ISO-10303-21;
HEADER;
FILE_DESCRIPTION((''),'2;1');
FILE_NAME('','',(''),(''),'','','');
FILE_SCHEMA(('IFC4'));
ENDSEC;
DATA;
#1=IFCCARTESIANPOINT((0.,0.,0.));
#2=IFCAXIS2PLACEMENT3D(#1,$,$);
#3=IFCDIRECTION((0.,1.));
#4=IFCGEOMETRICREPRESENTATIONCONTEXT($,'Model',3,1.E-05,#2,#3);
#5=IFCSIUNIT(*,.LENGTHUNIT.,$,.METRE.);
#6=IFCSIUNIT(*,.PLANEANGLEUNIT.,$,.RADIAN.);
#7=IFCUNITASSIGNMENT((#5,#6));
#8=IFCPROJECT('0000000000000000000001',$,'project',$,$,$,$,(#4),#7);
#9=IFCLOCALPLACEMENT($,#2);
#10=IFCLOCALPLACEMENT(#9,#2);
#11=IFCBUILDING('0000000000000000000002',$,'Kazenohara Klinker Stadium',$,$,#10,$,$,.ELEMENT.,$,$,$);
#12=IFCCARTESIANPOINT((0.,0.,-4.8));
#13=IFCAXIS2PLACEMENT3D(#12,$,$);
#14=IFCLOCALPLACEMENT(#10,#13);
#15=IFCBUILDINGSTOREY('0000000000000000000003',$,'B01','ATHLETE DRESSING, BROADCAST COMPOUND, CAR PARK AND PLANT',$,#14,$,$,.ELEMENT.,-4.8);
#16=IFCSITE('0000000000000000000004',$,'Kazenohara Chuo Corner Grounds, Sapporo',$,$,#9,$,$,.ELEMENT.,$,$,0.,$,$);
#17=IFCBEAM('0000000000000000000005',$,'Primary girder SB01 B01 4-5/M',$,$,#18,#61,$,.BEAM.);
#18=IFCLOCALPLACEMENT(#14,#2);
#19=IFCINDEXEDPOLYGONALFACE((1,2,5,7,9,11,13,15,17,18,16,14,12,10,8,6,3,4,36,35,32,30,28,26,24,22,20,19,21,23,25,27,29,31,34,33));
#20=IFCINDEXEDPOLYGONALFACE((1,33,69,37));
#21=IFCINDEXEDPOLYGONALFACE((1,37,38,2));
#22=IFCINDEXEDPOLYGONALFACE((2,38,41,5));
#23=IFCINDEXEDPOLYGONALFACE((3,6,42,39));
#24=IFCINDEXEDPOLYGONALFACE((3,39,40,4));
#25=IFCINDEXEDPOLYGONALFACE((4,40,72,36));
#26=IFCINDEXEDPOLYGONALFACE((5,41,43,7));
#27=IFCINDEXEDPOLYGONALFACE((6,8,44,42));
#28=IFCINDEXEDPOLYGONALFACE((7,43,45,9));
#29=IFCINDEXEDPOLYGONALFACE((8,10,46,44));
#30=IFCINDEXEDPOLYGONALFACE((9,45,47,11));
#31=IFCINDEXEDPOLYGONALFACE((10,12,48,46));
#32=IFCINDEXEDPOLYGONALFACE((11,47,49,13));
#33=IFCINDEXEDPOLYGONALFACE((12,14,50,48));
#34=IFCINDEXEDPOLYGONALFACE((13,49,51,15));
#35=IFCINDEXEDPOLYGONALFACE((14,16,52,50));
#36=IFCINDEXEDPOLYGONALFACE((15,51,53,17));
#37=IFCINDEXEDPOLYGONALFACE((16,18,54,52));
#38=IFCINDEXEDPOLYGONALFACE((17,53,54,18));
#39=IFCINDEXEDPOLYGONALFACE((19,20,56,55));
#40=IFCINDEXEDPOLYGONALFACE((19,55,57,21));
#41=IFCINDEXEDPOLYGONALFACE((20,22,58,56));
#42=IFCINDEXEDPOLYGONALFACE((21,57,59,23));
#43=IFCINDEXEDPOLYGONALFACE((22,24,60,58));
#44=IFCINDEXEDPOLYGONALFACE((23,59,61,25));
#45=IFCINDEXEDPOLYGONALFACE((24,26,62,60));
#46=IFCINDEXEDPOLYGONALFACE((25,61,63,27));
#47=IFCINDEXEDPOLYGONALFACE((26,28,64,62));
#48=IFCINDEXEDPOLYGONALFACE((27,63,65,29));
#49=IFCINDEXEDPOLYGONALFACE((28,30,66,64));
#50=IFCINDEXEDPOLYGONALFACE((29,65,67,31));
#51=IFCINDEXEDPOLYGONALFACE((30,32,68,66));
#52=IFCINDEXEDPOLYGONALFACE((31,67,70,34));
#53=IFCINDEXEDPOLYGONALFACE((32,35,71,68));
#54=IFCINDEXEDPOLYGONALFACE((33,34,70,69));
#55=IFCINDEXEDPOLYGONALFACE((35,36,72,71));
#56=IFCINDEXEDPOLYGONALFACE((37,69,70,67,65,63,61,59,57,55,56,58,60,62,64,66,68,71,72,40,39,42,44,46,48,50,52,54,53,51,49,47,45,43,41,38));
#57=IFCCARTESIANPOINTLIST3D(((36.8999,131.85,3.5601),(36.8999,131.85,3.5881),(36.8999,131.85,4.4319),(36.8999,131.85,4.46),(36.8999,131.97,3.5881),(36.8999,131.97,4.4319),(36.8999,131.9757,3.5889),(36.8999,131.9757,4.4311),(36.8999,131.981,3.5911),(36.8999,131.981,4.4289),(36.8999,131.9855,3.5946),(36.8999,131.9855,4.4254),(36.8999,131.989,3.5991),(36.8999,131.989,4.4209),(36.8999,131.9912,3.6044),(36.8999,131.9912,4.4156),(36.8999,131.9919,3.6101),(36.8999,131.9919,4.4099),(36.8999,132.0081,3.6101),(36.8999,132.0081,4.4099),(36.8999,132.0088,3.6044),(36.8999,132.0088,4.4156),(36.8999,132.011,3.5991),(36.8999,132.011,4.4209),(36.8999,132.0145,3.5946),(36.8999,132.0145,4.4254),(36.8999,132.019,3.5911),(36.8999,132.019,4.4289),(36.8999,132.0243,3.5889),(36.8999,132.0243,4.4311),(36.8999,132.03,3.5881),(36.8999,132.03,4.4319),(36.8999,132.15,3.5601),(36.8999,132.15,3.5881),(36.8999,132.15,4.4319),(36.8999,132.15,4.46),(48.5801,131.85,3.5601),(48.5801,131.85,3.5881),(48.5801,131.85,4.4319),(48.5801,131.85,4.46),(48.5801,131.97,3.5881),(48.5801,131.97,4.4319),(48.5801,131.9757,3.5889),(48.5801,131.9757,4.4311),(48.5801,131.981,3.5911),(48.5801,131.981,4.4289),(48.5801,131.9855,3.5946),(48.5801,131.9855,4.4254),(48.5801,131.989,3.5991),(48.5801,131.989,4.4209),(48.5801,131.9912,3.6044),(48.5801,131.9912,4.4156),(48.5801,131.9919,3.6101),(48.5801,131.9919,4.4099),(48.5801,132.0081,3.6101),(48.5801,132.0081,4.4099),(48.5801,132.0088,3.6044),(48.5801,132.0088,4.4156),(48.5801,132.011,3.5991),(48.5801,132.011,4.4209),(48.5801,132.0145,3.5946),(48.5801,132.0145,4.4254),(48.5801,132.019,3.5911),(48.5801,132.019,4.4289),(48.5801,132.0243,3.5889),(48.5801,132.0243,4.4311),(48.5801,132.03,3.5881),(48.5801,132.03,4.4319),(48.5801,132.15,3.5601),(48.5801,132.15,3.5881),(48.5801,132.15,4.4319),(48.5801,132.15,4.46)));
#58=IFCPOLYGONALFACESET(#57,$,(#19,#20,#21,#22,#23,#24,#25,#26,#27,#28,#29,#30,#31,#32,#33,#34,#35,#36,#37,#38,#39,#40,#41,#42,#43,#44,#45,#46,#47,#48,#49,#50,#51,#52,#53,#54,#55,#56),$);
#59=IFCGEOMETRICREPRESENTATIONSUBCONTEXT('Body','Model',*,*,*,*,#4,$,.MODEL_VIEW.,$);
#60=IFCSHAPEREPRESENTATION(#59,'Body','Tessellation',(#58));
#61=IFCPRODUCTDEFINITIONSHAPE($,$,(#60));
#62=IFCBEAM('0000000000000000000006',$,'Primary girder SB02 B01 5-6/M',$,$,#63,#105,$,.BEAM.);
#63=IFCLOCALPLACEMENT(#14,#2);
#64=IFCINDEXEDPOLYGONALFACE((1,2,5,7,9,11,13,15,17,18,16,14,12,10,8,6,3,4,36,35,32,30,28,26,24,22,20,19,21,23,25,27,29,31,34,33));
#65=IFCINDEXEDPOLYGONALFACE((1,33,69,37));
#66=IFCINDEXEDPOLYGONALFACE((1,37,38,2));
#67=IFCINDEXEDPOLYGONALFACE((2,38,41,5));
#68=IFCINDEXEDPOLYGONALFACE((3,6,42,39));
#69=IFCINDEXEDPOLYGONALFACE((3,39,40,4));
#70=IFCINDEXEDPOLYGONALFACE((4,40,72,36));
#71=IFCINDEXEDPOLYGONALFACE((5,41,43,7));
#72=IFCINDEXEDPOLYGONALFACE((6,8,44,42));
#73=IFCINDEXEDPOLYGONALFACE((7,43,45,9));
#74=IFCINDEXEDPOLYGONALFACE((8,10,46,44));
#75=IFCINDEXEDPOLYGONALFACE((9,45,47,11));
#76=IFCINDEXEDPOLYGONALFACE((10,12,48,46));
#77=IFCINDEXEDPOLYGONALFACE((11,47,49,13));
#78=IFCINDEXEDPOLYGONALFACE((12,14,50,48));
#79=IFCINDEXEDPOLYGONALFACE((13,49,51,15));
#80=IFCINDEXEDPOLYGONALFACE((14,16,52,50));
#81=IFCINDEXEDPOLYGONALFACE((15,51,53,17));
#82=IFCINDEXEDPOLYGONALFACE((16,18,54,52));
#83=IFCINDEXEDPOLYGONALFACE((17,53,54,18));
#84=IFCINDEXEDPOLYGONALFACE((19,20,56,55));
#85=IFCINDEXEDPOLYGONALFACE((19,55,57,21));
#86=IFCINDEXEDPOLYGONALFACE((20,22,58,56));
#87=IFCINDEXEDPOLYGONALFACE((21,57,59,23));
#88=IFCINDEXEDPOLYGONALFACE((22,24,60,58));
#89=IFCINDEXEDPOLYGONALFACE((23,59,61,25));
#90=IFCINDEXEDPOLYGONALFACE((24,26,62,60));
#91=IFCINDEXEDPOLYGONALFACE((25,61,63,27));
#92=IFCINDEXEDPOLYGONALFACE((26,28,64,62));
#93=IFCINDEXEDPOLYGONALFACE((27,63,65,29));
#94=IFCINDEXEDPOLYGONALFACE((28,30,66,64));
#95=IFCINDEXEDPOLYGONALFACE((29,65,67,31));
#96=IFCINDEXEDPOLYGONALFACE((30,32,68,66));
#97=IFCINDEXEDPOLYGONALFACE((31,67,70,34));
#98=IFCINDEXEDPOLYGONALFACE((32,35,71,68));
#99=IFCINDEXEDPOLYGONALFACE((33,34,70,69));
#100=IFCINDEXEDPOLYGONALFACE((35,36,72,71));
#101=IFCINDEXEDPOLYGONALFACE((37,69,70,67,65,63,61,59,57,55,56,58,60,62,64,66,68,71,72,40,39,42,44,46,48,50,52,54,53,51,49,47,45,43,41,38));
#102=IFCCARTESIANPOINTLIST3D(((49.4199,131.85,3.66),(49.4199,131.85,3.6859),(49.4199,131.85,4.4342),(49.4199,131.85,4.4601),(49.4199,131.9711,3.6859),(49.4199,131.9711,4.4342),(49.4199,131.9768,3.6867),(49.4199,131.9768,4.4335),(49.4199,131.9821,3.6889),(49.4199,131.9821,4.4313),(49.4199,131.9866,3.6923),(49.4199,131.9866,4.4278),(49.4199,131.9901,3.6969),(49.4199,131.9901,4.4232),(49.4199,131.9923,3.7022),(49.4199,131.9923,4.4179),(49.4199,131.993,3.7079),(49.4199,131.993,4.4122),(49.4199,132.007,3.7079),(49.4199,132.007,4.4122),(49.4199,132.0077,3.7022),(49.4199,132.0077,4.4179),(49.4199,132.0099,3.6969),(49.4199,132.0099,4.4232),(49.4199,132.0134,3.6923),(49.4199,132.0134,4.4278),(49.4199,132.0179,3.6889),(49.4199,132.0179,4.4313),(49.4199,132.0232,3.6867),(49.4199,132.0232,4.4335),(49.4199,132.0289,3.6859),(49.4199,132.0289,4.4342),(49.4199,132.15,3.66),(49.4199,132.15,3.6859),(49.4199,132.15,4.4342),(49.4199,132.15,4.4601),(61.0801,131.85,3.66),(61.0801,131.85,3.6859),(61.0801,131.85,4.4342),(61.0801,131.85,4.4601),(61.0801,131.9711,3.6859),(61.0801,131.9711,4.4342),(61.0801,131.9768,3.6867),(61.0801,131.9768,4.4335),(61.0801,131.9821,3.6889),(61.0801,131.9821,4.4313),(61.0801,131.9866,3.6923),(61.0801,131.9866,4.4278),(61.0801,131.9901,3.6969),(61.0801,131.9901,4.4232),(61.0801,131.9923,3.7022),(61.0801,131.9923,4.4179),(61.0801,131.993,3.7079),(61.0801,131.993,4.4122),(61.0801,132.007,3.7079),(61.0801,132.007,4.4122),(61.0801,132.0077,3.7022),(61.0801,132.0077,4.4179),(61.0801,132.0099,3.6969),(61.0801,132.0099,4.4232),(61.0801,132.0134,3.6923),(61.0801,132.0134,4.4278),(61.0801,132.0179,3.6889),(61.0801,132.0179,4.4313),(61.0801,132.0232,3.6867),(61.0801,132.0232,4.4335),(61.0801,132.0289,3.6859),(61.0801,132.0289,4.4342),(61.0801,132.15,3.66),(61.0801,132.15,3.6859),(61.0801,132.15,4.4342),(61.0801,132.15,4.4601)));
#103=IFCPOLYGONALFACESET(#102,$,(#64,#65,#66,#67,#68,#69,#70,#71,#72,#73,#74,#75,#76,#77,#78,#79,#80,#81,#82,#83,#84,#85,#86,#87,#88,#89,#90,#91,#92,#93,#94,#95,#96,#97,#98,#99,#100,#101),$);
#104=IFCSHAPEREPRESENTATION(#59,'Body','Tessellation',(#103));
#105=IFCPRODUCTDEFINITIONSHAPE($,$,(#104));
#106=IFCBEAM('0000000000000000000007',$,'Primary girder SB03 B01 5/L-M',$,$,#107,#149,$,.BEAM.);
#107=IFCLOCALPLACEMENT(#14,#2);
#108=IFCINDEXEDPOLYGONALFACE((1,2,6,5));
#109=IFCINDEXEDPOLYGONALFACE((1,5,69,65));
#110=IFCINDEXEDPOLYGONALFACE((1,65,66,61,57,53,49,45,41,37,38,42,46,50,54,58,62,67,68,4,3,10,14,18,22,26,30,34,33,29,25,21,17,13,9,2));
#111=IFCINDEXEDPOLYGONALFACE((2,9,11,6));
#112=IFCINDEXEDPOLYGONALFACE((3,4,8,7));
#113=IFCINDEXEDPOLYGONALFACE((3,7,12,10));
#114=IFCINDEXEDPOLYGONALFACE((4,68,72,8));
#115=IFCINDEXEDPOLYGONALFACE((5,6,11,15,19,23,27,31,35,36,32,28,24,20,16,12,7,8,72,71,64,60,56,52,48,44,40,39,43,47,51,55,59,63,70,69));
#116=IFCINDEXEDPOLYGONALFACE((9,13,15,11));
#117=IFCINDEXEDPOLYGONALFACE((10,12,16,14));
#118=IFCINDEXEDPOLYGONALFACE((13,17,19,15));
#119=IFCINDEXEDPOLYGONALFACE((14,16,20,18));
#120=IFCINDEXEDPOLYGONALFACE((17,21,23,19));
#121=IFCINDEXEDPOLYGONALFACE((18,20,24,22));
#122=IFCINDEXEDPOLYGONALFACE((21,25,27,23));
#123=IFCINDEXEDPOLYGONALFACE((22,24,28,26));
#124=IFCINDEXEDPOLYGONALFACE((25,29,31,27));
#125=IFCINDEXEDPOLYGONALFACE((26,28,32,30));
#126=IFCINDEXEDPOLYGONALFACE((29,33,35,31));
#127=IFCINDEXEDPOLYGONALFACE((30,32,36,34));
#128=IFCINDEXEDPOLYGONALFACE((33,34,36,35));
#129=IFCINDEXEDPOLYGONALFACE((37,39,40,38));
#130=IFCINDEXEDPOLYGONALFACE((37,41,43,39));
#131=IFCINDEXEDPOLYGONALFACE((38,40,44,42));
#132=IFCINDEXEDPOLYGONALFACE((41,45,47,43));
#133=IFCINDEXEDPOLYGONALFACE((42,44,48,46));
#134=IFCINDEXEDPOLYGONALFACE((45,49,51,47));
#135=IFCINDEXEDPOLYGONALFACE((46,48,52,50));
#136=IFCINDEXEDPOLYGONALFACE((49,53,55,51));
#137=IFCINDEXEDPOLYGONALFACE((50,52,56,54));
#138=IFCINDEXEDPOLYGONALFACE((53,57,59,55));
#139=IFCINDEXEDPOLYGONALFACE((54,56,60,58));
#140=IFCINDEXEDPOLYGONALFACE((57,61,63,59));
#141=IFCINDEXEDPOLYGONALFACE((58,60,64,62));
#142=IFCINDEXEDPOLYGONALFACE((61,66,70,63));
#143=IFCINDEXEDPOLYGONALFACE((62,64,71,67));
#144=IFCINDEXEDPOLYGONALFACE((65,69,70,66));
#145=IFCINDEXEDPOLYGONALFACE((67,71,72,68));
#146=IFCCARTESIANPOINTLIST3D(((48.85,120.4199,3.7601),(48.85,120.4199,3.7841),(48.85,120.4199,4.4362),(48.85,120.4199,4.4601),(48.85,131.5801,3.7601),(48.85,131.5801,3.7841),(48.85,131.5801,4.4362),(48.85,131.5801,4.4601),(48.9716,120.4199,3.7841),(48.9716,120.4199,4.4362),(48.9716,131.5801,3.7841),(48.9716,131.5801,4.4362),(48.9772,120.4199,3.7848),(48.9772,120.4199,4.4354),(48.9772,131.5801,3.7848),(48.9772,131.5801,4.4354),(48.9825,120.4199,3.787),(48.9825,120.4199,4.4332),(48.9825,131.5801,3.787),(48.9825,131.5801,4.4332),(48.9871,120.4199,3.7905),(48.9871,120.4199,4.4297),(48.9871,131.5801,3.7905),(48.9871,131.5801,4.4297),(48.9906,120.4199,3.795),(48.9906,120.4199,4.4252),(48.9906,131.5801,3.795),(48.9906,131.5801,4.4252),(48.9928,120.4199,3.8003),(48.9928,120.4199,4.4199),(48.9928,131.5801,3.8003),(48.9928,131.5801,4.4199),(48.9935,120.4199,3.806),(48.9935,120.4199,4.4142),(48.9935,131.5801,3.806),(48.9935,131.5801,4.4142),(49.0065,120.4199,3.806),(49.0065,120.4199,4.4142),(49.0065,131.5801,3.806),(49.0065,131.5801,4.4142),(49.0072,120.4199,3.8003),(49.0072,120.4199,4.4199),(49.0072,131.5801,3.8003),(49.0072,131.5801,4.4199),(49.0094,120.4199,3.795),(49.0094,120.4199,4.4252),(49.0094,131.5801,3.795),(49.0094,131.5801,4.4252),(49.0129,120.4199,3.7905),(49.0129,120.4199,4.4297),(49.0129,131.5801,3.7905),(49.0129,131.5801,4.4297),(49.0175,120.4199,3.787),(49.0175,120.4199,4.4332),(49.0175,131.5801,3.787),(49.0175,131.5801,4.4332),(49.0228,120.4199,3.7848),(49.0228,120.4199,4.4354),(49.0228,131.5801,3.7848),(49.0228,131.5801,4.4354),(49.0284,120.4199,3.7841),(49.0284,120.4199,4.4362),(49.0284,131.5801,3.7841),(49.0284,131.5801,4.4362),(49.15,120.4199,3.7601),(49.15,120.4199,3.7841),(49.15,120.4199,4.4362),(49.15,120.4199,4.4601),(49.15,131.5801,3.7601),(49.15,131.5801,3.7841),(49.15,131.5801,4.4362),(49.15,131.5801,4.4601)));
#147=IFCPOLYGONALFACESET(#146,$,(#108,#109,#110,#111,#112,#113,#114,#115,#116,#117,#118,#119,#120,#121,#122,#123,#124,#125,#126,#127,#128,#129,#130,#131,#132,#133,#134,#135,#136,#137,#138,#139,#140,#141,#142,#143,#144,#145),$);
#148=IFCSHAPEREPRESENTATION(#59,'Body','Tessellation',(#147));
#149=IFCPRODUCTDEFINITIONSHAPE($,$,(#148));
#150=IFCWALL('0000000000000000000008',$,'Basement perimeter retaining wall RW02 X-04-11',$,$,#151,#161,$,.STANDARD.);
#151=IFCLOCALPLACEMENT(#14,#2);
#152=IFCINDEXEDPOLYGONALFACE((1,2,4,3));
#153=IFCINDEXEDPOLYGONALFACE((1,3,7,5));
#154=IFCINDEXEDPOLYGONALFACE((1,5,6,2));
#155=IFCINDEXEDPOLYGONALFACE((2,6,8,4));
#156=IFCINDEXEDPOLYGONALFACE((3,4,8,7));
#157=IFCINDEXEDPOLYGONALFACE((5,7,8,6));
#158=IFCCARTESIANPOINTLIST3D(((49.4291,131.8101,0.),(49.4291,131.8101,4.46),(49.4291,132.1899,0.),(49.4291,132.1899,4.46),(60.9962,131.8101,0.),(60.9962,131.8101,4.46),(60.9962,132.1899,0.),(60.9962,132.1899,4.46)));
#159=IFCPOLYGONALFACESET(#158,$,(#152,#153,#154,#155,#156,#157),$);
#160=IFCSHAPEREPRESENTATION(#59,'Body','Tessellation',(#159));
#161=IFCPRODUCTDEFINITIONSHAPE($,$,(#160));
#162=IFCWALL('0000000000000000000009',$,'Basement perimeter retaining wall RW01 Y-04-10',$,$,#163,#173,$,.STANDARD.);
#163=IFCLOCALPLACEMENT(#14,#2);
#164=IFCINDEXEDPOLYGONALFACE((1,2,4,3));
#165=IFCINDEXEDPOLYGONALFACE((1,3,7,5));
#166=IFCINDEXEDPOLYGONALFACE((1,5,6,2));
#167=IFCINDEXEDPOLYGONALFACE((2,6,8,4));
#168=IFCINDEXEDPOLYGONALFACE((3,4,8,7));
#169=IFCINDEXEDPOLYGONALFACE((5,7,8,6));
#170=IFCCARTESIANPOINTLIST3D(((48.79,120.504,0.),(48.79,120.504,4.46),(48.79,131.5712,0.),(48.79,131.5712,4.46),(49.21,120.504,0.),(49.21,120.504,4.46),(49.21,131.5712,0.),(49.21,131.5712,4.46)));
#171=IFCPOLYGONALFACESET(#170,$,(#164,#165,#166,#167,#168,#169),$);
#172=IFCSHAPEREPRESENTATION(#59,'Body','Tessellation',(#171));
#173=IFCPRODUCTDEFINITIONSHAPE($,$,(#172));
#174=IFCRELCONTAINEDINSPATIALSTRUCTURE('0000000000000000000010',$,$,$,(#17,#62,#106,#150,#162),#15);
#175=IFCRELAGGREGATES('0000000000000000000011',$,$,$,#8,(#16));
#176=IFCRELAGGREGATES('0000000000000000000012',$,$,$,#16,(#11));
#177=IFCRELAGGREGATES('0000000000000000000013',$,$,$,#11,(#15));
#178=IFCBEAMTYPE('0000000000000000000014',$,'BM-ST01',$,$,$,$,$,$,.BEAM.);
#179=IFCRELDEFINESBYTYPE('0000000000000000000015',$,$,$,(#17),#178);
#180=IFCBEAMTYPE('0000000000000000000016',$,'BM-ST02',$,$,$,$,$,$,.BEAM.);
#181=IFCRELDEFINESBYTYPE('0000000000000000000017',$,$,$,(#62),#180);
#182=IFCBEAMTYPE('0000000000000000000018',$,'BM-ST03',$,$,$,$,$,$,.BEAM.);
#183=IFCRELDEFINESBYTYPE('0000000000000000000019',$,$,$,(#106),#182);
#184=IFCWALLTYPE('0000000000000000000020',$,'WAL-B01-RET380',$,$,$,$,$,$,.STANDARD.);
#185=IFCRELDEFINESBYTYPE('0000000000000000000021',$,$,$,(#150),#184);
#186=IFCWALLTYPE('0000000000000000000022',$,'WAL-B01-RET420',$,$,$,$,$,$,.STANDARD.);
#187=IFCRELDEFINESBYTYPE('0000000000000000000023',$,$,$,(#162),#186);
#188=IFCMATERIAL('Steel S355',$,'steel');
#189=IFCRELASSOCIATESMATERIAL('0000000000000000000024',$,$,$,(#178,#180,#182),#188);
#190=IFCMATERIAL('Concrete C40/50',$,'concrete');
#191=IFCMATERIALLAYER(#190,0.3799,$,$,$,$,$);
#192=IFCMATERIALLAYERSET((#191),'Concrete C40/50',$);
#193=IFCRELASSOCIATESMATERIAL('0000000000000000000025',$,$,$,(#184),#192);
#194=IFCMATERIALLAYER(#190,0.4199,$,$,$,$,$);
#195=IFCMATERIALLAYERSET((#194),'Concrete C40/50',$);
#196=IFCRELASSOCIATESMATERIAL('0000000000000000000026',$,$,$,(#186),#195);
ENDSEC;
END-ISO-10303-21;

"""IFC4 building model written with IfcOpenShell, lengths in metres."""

from ifc_helpers import new_model, si_unit, direction, frame, frame_2d, origin, origin_2d, place, context, subcontext, project, spatial, rectangle, i_section, extrude, material, layer, layer_set, material_profile, profile_set, type_object, element, save


model = new_model("IFC4")

# Units and contexts
model_context = context("Model", 3, precision=1e-05, world=origin(), true_north=direction((0.0, 1.0)))
body_context = subcontext(model_context, "Body", "Model", "MODEL_VIEW")
ifc_project = project(units=[si_unit("LENGTHUNIT", "METRE"), si_unit("PLANEANGLEUNIT", "RADIAN")], contexts=[model_context])

# Site, building, storey
site_placement = place(None, origin())
site = spatial("IfcSite", under=ifc_project, at=site_placement, Name="Kazenohara Chuo Corner Grounds, Sapporo", CompositionType="ELEMENT", RefElevation=0.0)
building_placement = place(site_placement, origin())
building = spatial("IfcBuilding", under=site, at=building_placement, Name="Kazenohara Klinker Stadium", CompositionType="ELEMENT")
storey_placement = place(building_placement, frame((0.0, 0.0, -4.8)))
storey = spatial("IfcBuildingStorey", under=building, at=storey_placement, Name="B01", Description="ATHLETE DRESSING, BROADCAST COMPOUND, CAR PARK AND PLANT", CompositionType="ELEMENT", Elevation=-4.8)

# Shared definitions
ifc_material_1 = material(Name="Concrete C40/50", Category="concrete")

# Beams
ifc_material_2 = material(Name="Steel S355", Category="steel")
ifc_material_profile_1 = material_profile(ifc_material_2, i_section(OverallWidth=0.3, OverallDepth=0.8999, WebThickness=0.0161, FlangeThickness=0.0281, FilletRadius=0.022, at=origin_2d()), Name="H-900x300x16x28")
ifc_profile_set_1 = profile_set([ifc_material_profile_1], Name="Steel S355")
beam_type_1 = type_object("IfcBeamType", Name="BM-ST01", PredefinedType="BEAM", material=ifc_profile_set_1)
beam_1_placement = place(storey_placement, frame((36.8999, 132.0, 4.01), z_axis=(1.0, 0.0, 0.0), x_axis=(0.0, 1.0, 0.0)))
element("IfcBeam", 1, at=beam_1_placement, inside=storey, type_object=beam_type_1, Name="Primary girder SB01 B01 4-5/M", PredefinedType="BEAM", context=body_context, shape_type="SweptSolid", body=[
    extrude(i_section(OverallWidth=0.3, OverallDepth=0.8999, WebThickness=0.0161, FlangeThickness=0.0281, FilletRadius=0.022, at=origin_2d()), origin(), (0.0, 0.0, 1.0), 11.6802),
])
ifc_material_profile_2 = material_profile(ifc_material_2, i_section(OverallWidth=0.3, OverallDepth=0.8, WebThickness=0.0139, FlangeThickness=0.0259, FilletRadius=0.022, at=origin_2d()), Name="H-800x300x14x26")
ifc_profile_set_2 = profile_set([ifc_material_profile_2], Name="Steel S355")
beam_type_2 = type_object("IfcBeamType", Name="BM-ST02", PredefinedType="BEAM", material=ifc_profile_set_2)
beam_2_placement = place(storey_placement, frame((49.4199, 132.0, 4.0601), z_axis=(1.0, 0.0, 0.0), x_axis=(0.0, 1.0, 0.0)))
element("IfcBeam", 2, at=beam_2_placement, inside=storey, type_object=beam_type_2, Name="Primary girder SB02 B01 5-6/M", PredefinedType="BEAM", context=body_context, shape_type="SweptSolid", body=[
    extrude(i_section(OverallWidth=0.3, OverallDepth=0.8, WebThickness=0.0139, FlangeThickness=0.0259, FilletRadius=0.022, at=origin_2d()), origin(), (0.0, 0.0, 1.0), 11.6602),
])
ifc_material_profile_3 = material_profile(ifc_material_2, i_section(OverallWidth=0.3, OverallDepth=0.7, WebThickness=0.0129, FlangeThickness=0.0239, FilletRadius=0.022, at=origin_2d()), Name="H-700x300x13x24")
ifc_profile_set_3 = profile_set([ifc_material_profile_3], Name="Steel S355")
beam_type_3 = type_object("IfcBeamType", Name="BM-ST03", PredefinedType="BEAM", material=ifc_profile_set_3)
beam_3_placement = place(storey_placement, frame((49.0, 120.4199, 4.1101), z_axis=(0.0, 1.0, 0.0), x_axis=(-1.0, 0.0, 0.0)))
element("IfcBeam", 3, at=beam_3_placement, inside=storey, type_object=beam_type_3, Name="Primary girder SB03 B01 5/L-M", PredefinedType="BEAM", context=body_context, shape_type="SweptSolid", body=[
    extrude(i_section(OverallWidth=0.3, OverallDepth=0.7, WebThickness=0.0129, FlangeThickness=0.0239, FilletRadius=0.022, at=origin_2d()), origin(), (0.0, 0.0, 1.0), 11.1602),
])

# Walls
ifc_layer_1 = layer(ifc_material_1, 0.3799)
ifc_layer_set_1 = layer_set([ifc_layer_1], Name="Concrete C40/50")
wall_type_1 = type_object("IfcWallType", Name="WAL-B01-RET380", PredefinedType="STANDARD", material=ifc_layer_set_1)
wall_1_placement = place(storey_placement, frame((49.429, 132.0, 0.0), z_axis=(0.0, 0.0, 1.0), x_axis=(1.0, 0.0, 0.0)))
element("IfcWall", 4, at=wall_1_placement, inside=storey, type_object=wall_type_1, Name="Basement perimeter retaining wall RW02 X-04-11", PredefinedType="STANDARD", context=body_context, shape_type="SweptSolid", body=[
    extrude(rectangle(XDim=11.5671, YDim=0.3799, at=frame_2d((5.7837, 0.0))), origin(), (0.0, 0.0, 1.0), 4.46),
])
ifc_layer_2 = layer(ifc_material_1, 0.4199)
ifc_layer_set_2 = layer_set([ifc_layer_2], Name="Concrete C40/50")
wall_type_2 = type_object("IfcWallType", Name="WAL-B01-RET420", PredefinedType="STANDARD", material=ifc_layer_set_2)
wall_2_placement = place(storey_placement, frame((49.0, 120.5039, 0.0), z_axis=(0.0, 0.0, 1.0), x_axis=(0.0, 1.0, 0.0)))
element("IfcWall", 5, at=wall_2_placement, inside=storey, type_object=wall_type_2, Name="Basement perimeter retaining wall RW01 Y-04-10", PredefinedType="STANDARD", context=body_context, shape_type="SweptSolid", body=[
    extrude(rectangle(XDim=11.0671, YDim=0.4199, at=frame_2d((5.5337, 0.0))), origin(), (0.0, 0.0, 1.0), 4.46),
])

save(model, "model.ifc")
